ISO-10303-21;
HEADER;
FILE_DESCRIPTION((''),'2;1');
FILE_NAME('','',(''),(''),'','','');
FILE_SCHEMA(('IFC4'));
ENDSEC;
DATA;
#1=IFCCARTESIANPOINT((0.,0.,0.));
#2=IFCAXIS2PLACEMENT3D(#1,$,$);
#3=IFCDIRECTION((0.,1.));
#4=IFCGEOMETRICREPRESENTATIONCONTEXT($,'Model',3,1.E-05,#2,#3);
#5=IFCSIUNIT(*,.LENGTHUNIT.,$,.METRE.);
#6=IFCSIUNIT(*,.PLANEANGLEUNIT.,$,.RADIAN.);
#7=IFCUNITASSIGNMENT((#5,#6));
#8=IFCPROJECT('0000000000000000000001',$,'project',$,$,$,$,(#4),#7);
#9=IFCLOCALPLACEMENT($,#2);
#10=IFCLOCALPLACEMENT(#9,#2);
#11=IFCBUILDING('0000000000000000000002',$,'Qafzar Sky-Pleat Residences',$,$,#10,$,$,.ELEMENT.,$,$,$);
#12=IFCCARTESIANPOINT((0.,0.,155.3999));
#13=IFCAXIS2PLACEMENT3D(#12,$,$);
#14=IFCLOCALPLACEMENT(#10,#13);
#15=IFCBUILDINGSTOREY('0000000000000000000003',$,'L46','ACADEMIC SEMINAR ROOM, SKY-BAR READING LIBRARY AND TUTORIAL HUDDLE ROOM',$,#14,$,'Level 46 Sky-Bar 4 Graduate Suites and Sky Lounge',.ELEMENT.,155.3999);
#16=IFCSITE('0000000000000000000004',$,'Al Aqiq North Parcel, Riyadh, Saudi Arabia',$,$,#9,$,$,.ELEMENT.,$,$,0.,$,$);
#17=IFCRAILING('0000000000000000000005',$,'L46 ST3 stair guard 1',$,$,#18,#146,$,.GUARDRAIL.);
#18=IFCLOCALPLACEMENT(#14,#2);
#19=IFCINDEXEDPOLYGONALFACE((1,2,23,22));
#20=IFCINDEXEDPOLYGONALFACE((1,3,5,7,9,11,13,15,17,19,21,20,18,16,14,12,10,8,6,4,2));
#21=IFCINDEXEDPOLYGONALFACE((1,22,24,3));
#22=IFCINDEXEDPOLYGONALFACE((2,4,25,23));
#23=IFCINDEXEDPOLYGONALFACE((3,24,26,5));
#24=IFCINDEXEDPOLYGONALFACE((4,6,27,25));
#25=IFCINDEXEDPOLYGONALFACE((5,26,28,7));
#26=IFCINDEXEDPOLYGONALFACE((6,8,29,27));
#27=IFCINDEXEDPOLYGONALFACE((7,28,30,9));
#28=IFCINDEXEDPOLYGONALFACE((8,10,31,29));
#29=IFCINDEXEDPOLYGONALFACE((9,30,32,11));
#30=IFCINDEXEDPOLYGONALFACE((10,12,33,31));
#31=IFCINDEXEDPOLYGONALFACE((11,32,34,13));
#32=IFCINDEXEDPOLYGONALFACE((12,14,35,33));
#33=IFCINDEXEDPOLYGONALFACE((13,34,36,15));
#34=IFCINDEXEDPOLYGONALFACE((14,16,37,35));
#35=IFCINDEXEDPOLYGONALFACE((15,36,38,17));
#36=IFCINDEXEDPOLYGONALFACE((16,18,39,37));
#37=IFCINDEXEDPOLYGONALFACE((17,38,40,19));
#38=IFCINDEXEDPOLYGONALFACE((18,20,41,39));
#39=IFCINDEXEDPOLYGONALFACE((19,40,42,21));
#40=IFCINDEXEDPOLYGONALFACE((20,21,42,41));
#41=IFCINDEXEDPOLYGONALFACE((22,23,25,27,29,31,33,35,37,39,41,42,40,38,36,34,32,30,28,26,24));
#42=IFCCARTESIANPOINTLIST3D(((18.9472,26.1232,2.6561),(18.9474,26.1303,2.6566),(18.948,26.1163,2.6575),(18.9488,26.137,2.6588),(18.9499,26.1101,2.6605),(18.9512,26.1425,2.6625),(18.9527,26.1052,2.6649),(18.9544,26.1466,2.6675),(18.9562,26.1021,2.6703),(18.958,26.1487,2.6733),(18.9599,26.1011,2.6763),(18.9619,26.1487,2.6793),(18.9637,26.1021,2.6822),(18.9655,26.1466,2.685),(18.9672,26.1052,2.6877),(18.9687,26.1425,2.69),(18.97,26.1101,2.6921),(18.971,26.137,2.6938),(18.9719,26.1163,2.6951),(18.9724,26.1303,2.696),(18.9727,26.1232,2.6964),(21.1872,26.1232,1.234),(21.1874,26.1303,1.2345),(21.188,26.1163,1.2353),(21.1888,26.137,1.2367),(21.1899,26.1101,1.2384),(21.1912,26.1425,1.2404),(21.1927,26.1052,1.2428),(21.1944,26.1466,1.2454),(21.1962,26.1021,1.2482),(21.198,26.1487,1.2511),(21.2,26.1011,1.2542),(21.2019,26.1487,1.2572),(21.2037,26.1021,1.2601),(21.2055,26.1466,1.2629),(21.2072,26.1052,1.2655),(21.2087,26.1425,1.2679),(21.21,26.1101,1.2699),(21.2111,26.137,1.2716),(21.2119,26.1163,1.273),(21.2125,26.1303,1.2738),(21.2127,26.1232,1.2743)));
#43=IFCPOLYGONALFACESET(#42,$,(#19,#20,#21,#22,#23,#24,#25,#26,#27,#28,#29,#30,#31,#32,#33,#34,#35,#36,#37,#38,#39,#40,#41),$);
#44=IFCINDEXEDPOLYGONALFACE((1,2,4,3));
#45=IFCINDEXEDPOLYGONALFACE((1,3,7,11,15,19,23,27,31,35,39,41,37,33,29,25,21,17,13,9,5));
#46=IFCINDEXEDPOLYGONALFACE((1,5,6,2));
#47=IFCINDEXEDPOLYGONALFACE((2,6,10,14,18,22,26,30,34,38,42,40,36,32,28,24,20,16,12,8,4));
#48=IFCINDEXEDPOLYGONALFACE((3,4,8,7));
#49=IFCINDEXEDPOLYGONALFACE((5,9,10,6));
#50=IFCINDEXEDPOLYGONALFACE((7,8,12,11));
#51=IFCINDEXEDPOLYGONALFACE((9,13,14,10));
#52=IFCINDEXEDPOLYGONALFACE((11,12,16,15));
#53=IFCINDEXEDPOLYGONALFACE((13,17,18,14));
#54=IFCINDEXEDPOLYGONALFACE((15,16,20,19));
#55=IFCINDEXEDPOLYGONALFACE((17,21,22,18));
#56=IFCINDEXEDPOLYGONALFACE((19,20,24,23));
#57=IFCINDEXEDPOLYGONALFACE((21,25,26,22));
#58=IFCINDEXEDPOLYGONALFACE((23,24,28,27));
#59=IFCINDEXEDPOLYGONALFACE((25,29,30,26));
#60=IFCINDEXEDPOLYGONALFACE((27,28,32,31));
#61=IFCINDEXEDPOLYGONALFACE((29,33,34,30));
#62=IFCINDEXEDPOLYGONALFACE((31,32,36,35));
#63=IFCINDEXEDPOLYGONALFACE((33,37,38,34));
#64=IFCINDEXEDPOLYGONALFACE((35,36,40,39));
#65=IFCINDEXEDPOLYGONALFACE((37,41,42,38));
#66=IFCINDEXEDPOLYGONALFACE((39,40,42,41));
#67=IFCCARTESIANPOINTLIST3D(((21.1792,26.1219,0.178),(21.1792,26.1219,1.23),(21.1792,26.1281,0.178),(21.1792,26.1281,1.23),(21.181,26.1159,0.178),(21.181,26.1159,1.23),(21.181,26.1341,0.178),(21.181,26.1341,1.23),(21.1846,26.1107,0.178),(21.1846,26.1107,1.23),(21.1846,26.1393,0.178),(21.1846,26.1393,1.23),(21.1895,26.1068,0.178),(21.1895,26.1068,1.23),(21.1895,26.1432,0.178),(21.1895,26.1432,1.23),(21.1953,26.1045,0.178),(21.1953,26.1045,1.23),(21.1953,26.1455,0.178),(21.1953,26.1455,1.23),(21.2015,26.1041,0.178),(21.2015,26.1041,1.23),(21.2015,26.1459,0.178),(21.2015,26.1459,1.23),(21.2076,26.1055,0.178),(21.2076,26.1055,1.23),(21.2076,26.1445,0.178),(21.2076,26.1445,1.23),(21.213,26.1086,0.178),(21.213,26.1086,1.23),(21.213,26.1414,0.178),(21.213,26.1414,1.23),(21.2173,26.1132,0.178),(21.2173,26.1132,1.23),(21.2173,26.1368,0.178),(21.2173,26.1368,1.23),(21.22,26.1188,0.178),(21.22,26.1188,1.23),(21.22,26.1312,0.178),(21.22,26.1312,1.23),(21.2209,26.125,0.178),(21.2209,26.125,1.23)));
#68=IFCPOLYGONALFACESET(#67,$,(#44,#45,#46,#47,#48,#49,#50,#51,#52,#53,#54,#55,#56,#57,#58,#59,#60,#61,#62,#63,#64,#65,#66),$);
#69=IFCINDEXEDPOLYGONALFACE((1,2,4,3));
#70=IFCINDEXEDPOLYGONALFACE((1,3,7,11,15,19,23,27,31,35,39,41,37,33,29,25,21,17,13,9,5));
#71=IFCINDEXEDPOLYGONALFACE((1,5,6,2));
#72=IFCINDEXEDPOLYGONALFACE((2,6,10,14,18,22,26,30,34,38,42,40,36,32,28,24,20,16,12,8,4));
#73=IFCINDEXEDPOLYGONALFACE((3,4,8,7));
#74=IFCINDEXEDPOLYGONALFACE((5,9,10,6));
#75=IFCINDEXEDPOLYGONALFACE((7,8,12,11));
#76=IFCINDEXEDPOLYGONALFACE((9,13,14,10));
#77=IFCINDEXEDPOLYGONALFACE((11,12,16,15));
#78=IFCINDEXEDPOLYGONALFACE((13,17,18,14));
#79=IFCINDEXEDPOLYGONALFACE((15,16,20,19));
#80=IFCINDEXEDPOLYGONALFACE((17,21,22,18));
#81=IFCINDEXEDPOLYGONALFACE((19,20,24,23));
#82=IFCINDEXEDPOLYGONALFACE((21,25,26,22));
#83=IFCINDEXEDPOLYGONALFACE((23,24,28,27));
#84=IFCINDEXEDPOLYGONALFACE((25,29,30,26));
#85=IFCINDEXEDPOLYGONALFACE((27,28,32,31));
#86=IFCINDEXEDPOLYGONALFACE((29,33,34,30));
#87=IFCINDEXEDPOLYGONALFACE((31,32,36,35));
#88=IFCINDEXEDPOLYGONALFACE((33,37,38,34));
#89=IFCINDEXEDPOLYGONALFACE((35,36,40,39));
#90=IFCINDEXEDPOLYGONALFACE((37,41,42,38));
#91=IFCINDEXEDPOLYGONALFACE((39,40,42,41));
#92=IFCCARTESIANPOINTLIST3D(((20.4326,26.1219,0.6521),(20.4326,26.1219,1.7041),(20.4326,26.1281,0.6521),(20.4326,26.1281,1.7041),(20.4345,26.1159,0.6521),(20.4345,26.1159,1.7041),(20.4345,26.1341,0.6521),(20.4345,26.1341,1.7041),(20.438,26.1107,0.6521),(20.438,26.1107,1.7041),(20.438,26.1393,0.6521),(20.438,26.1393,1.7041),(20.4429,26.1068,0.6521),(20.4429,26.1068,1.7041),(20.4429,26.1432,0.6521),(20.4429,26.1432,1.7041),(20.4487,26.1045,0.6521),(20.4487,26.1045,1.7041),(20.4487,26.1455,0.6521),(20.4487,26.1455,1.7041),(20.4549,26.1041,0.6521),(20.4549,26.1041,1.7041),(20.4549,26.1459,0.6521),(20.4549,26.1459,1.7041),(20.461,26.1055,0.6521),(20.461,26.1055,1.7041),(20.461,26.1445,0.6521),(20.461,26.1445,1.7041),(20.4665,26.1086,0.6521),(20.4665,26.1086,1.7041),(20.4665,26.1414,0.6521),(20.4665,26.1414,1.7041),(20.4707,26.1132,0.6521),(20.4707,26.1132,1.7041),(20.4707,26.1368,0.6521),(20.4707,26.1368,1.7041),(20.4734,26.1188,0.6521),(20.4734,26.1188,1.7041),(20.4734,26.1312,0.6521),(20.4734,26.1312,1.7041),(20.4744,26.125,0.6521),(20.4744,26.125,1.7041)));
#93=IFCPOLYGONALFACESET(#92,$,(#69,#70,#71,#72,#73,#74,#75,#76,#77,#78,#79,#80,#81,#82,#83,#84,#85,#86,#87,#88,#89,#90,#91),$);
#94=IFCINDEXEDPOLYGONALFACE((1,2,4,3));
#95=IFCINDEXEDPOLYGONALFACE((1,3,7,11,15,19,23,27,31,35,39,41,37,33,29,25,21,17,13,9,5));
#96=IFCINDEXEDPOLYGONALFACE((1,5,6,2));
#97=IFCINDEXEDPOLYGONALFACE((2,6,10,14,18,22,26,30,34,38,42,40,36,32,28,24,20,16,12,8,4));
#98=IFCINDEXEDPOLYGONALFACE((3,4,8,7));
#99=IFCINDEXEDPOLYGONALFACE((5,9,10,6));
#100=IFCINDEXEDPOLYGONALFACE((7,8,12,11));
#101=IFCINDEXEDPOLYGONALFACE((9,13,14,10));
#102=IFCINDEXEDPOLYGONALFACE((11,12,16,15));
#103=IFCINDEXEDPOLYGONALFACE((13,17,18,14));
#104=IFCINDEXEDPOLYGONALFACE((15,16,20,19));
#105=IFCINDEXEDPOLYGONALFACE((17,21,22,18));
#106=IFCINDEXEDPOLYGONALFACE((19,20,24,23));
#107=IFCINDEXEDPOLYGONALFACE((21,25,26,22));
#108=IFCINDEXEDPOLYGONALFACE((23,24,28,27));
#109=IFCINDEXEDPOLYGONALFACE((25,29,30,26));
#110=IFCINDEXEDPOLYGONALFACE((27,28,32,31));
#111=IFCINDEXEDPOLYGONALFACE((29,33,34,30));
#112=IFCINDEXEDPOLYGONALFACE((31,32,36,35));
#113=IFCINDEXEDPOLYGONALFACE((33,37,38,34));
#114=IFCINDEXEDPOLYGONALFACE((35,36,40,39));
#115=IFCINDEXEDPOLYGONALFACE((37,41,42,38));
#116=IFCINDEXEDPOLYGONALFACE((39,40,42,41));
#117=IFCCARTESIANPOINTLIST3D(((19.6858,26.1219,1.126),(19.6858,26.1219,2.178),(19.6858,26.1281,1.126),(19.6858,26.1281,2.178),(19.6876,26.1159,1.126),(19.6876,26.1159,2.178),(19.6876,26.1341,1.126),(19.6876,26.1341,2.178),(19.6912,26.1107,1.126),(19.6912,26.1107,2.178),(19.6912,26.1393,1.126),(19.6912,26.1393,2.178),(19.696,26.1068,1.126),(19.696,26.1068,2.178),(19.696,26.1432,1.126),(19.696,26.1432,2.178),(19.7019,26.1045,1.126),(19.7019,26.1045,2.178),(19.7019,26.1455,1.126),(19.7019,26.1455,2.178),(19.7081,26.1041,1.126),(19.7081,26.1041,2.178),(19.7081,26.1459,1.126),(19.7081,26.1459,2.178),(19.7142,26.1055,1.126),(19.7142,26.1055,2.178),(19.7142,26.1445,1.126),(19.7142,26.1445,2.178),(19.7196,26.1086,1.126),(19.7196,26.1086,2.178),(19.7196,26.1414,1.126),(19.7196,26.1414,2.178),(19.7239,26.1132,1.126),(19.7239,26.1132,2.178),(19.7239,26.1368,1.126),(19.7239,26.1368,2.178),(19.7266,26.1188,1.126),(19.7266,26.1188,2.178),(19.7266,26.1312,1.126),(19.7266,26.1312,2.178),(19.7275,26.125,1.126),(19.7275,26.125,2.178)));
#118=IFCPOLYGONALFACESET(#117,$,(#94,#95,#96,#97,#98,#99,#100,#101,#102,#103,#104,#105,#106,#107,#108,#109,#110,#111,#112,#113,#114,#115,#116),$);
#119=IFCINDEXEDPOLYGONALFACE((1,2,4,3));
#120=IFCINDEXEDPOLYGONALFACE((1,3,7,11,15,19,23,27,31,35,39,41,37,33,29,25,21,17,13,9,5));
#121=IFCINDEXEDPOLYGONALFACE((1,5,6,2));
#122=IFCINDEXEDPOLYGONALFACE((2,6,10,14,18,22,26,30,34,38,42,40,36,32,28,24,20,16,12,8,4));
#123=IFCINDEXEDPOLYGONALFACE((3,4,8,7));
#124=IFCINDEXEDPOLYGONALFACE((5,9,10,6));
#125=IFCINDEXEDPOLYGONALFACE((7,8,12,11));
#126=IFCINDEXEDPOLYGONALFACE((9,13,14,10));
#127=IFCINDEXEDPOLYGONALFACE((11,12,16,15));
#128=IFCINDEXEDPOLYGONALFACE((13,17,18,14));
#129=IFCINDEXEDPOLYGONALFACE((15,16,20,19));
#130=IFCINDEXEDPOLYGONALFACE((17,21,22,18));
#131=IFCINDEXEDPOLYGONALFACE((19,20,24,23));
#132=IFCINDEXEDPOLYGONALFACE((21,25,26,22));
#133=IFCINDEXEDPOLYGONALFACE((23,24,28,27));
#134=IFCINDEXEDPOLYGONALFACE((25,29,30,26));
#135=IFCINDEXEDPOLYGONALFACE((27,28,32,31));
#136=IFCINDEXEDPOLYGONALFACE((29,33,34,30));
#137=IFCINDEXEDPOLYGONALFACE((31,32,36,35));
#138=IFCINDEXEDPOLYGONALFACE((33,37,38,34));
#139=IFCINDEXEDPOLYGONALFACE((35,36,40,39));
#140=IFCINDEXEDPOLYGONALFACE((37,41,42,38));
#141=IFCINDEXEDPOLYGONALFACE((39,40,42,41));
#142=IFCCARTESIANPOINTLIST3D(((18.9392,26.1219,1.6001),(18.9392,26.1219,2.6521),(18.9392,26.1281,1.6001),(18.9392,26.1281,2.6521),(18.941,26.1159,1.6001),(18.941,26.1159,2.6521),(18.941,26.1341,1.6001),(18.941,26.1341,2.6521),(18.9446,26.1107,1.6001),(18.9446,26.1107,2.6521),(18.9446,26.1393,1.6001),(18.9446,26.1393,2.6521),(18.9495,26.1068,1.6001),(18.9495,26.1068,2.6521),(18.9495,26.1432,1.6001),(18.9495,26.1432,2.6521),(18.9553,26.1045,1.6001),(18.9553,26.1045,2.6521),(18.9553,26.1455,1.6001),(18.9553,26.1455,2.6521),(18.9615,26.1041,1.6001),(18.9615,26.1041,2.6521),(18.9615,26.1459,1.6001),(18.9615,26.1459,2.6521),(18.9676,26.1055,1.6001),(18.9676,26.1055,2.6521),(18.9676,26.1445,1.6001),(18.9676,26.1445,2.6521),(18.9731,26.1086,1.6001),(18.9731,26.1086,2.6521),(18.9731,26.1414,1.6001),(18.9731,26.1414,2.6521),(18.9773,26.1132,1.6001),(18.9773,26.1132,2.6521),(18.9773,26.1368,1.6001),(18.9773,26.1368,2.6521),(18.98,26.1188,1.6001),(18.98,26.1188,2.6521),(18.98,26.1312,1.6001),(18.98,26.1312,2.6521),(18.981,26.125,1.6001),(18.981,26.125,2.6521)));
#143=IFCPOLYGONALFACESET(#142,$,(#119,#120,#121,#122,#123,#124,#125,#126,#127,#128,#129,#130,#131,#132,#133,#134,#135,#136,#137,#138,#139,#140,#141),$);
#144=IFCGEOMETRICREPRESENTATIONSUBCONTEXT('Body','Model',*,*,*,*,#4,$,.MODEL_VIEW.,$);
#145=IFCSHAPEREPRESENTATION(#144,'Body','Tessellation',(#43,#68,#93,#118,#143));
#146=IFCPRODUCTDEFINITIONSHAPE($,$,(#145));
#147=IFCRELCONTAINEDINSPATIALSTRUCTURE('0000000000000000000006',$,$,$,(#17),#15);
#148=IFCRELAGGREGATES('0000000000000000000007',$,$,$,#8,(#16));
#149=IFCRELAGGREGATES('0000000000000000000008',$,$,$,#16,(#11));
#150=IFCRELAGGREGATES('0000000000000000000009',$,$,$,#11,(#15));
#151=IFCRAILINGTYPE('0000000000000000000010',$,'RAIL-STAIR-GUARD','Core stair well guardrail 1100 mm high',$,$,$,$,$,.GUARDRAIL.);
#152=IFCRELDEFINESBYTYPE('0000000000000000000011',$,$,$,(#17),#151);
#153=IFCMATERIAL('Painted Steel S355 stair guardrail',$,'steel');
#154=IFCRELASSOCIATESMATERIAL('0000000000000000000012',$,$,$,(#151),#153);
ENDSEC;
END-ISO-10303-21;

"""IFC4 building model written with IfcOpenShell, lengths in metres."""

from ifc_helpers import new_model, si_unit, direction, frame, origin, origin_2d, place, context, subcontext, project, spatial, circle, extrude, source, transform, mapped, material, type_object, element, save


model = new_model("IFC4")

# Units and contexts
model_context = context("Model", 3, precision=1e-05, world=origin(), true_north=direction((0.0, 1.0)))
body_context = subcontext(model_context, "Body", "Model", "MODEL_VIEW")
ifc_project = project(units=[si_unit("LENGTHUNIT", "METRE"), si_unit("PLANEANGLEUNIT", "RADIAN")], contexts=[model_context])

# Site, building, storey
site_placement = place(None, origin())
site = spatial("IfcSite", under=ifc_project, at=site_placement, Name="Al Aqiq North Parcel, Riyadh, Saudi Arabia", CompositionType="ELEMENT", RefElevation=0.0)
building_placement = place(site_placement, origin())
building = spatial("IfcBuilding", under=site, at=building_placement, Name="Qafzar Sky-Pleat Residences", CompositionType="ELEMENT")
storey_placement = place(building_placement, frame((0.0, 0.0, 155.3999)))
storey = spatial("IfcBuildingStorey", under=building, at=storey_placement, Name="L46", Description="ACADEMIC SEMINAR ROOM, SKY-BAR READING LIBRARY AND TUTORIAL HUDDLE ROOM", LongName="Level 46 Sky-Bar 4 Graduate Suites and Sky Lounge", CompositionType="ELEMENT", Elevation=155.3999)

# Railing
ifc_material_1 = material(Name="Painted Steel S355 stair guardrail", Category="steel")
railing_type_1 = type_object("IfcRailingType", Name="RAIL-STAIR-GUARD", Description="Core stair well guardrail 1100 mm high", PredefinedType="GUARDRAIL", material=ifc_material_1)
shared_shape_1 = source(origin(), body_context, "Body", "SweptSolid", [
    extrude(circle(Radius=0.0239, at=origin_2d()), frame((0.0, 0.0, 1.0762), z_axis=(-0.844229, 0.0, 0.535982), x_axis=(0.0, -1.0, 0.0)), (0.0, 0.0, 1.0), 2.6533),
    extrude(circle(Radius=0.021, at=origin_2d()), origin(), (0.0, 0.0, 1.0), 1.052),
    extrude(circle(Radius=0.021, at=origin_2d()), frame((-0.7466, 0.0, 0.4741)), (0.0, 0.0, 1.0), 1.052),
    extrude(circle(Radius=0.021, at=origin_2d()), frame((-1.4934, 0.0, 0.948)), (0.0, 0.0, 1.0), 1.052),
    extrude(circle(Radius=0.021, at=origin_2d()), frame((-2.24, 0.0, 1.4221)), (0.0, 0.0, 1.0), 1.052),
])
railing_1_placement = place(storey_placement, frame((21.2, 26.125, 0.178)))
element("IfcRailing", 1, at=railing_1_placement, inside=storey, type_object=railing_type_1, Name="L46 ST3 stair guard 1", PredefinedType="GUARDRAIL", context=body_context, shape_type="MappedRepresentation", body=[
    mapped(shared_shape_1, transform((0.0, 0.0, 0.0), x_axis=(1.0, 0.0, 0.0), y_axis=(0.0, 1.0, 0.0), z_axis=(0.0, 0.0, 1.0), scale=1.0)),
])

save(model, "model.ifc")
